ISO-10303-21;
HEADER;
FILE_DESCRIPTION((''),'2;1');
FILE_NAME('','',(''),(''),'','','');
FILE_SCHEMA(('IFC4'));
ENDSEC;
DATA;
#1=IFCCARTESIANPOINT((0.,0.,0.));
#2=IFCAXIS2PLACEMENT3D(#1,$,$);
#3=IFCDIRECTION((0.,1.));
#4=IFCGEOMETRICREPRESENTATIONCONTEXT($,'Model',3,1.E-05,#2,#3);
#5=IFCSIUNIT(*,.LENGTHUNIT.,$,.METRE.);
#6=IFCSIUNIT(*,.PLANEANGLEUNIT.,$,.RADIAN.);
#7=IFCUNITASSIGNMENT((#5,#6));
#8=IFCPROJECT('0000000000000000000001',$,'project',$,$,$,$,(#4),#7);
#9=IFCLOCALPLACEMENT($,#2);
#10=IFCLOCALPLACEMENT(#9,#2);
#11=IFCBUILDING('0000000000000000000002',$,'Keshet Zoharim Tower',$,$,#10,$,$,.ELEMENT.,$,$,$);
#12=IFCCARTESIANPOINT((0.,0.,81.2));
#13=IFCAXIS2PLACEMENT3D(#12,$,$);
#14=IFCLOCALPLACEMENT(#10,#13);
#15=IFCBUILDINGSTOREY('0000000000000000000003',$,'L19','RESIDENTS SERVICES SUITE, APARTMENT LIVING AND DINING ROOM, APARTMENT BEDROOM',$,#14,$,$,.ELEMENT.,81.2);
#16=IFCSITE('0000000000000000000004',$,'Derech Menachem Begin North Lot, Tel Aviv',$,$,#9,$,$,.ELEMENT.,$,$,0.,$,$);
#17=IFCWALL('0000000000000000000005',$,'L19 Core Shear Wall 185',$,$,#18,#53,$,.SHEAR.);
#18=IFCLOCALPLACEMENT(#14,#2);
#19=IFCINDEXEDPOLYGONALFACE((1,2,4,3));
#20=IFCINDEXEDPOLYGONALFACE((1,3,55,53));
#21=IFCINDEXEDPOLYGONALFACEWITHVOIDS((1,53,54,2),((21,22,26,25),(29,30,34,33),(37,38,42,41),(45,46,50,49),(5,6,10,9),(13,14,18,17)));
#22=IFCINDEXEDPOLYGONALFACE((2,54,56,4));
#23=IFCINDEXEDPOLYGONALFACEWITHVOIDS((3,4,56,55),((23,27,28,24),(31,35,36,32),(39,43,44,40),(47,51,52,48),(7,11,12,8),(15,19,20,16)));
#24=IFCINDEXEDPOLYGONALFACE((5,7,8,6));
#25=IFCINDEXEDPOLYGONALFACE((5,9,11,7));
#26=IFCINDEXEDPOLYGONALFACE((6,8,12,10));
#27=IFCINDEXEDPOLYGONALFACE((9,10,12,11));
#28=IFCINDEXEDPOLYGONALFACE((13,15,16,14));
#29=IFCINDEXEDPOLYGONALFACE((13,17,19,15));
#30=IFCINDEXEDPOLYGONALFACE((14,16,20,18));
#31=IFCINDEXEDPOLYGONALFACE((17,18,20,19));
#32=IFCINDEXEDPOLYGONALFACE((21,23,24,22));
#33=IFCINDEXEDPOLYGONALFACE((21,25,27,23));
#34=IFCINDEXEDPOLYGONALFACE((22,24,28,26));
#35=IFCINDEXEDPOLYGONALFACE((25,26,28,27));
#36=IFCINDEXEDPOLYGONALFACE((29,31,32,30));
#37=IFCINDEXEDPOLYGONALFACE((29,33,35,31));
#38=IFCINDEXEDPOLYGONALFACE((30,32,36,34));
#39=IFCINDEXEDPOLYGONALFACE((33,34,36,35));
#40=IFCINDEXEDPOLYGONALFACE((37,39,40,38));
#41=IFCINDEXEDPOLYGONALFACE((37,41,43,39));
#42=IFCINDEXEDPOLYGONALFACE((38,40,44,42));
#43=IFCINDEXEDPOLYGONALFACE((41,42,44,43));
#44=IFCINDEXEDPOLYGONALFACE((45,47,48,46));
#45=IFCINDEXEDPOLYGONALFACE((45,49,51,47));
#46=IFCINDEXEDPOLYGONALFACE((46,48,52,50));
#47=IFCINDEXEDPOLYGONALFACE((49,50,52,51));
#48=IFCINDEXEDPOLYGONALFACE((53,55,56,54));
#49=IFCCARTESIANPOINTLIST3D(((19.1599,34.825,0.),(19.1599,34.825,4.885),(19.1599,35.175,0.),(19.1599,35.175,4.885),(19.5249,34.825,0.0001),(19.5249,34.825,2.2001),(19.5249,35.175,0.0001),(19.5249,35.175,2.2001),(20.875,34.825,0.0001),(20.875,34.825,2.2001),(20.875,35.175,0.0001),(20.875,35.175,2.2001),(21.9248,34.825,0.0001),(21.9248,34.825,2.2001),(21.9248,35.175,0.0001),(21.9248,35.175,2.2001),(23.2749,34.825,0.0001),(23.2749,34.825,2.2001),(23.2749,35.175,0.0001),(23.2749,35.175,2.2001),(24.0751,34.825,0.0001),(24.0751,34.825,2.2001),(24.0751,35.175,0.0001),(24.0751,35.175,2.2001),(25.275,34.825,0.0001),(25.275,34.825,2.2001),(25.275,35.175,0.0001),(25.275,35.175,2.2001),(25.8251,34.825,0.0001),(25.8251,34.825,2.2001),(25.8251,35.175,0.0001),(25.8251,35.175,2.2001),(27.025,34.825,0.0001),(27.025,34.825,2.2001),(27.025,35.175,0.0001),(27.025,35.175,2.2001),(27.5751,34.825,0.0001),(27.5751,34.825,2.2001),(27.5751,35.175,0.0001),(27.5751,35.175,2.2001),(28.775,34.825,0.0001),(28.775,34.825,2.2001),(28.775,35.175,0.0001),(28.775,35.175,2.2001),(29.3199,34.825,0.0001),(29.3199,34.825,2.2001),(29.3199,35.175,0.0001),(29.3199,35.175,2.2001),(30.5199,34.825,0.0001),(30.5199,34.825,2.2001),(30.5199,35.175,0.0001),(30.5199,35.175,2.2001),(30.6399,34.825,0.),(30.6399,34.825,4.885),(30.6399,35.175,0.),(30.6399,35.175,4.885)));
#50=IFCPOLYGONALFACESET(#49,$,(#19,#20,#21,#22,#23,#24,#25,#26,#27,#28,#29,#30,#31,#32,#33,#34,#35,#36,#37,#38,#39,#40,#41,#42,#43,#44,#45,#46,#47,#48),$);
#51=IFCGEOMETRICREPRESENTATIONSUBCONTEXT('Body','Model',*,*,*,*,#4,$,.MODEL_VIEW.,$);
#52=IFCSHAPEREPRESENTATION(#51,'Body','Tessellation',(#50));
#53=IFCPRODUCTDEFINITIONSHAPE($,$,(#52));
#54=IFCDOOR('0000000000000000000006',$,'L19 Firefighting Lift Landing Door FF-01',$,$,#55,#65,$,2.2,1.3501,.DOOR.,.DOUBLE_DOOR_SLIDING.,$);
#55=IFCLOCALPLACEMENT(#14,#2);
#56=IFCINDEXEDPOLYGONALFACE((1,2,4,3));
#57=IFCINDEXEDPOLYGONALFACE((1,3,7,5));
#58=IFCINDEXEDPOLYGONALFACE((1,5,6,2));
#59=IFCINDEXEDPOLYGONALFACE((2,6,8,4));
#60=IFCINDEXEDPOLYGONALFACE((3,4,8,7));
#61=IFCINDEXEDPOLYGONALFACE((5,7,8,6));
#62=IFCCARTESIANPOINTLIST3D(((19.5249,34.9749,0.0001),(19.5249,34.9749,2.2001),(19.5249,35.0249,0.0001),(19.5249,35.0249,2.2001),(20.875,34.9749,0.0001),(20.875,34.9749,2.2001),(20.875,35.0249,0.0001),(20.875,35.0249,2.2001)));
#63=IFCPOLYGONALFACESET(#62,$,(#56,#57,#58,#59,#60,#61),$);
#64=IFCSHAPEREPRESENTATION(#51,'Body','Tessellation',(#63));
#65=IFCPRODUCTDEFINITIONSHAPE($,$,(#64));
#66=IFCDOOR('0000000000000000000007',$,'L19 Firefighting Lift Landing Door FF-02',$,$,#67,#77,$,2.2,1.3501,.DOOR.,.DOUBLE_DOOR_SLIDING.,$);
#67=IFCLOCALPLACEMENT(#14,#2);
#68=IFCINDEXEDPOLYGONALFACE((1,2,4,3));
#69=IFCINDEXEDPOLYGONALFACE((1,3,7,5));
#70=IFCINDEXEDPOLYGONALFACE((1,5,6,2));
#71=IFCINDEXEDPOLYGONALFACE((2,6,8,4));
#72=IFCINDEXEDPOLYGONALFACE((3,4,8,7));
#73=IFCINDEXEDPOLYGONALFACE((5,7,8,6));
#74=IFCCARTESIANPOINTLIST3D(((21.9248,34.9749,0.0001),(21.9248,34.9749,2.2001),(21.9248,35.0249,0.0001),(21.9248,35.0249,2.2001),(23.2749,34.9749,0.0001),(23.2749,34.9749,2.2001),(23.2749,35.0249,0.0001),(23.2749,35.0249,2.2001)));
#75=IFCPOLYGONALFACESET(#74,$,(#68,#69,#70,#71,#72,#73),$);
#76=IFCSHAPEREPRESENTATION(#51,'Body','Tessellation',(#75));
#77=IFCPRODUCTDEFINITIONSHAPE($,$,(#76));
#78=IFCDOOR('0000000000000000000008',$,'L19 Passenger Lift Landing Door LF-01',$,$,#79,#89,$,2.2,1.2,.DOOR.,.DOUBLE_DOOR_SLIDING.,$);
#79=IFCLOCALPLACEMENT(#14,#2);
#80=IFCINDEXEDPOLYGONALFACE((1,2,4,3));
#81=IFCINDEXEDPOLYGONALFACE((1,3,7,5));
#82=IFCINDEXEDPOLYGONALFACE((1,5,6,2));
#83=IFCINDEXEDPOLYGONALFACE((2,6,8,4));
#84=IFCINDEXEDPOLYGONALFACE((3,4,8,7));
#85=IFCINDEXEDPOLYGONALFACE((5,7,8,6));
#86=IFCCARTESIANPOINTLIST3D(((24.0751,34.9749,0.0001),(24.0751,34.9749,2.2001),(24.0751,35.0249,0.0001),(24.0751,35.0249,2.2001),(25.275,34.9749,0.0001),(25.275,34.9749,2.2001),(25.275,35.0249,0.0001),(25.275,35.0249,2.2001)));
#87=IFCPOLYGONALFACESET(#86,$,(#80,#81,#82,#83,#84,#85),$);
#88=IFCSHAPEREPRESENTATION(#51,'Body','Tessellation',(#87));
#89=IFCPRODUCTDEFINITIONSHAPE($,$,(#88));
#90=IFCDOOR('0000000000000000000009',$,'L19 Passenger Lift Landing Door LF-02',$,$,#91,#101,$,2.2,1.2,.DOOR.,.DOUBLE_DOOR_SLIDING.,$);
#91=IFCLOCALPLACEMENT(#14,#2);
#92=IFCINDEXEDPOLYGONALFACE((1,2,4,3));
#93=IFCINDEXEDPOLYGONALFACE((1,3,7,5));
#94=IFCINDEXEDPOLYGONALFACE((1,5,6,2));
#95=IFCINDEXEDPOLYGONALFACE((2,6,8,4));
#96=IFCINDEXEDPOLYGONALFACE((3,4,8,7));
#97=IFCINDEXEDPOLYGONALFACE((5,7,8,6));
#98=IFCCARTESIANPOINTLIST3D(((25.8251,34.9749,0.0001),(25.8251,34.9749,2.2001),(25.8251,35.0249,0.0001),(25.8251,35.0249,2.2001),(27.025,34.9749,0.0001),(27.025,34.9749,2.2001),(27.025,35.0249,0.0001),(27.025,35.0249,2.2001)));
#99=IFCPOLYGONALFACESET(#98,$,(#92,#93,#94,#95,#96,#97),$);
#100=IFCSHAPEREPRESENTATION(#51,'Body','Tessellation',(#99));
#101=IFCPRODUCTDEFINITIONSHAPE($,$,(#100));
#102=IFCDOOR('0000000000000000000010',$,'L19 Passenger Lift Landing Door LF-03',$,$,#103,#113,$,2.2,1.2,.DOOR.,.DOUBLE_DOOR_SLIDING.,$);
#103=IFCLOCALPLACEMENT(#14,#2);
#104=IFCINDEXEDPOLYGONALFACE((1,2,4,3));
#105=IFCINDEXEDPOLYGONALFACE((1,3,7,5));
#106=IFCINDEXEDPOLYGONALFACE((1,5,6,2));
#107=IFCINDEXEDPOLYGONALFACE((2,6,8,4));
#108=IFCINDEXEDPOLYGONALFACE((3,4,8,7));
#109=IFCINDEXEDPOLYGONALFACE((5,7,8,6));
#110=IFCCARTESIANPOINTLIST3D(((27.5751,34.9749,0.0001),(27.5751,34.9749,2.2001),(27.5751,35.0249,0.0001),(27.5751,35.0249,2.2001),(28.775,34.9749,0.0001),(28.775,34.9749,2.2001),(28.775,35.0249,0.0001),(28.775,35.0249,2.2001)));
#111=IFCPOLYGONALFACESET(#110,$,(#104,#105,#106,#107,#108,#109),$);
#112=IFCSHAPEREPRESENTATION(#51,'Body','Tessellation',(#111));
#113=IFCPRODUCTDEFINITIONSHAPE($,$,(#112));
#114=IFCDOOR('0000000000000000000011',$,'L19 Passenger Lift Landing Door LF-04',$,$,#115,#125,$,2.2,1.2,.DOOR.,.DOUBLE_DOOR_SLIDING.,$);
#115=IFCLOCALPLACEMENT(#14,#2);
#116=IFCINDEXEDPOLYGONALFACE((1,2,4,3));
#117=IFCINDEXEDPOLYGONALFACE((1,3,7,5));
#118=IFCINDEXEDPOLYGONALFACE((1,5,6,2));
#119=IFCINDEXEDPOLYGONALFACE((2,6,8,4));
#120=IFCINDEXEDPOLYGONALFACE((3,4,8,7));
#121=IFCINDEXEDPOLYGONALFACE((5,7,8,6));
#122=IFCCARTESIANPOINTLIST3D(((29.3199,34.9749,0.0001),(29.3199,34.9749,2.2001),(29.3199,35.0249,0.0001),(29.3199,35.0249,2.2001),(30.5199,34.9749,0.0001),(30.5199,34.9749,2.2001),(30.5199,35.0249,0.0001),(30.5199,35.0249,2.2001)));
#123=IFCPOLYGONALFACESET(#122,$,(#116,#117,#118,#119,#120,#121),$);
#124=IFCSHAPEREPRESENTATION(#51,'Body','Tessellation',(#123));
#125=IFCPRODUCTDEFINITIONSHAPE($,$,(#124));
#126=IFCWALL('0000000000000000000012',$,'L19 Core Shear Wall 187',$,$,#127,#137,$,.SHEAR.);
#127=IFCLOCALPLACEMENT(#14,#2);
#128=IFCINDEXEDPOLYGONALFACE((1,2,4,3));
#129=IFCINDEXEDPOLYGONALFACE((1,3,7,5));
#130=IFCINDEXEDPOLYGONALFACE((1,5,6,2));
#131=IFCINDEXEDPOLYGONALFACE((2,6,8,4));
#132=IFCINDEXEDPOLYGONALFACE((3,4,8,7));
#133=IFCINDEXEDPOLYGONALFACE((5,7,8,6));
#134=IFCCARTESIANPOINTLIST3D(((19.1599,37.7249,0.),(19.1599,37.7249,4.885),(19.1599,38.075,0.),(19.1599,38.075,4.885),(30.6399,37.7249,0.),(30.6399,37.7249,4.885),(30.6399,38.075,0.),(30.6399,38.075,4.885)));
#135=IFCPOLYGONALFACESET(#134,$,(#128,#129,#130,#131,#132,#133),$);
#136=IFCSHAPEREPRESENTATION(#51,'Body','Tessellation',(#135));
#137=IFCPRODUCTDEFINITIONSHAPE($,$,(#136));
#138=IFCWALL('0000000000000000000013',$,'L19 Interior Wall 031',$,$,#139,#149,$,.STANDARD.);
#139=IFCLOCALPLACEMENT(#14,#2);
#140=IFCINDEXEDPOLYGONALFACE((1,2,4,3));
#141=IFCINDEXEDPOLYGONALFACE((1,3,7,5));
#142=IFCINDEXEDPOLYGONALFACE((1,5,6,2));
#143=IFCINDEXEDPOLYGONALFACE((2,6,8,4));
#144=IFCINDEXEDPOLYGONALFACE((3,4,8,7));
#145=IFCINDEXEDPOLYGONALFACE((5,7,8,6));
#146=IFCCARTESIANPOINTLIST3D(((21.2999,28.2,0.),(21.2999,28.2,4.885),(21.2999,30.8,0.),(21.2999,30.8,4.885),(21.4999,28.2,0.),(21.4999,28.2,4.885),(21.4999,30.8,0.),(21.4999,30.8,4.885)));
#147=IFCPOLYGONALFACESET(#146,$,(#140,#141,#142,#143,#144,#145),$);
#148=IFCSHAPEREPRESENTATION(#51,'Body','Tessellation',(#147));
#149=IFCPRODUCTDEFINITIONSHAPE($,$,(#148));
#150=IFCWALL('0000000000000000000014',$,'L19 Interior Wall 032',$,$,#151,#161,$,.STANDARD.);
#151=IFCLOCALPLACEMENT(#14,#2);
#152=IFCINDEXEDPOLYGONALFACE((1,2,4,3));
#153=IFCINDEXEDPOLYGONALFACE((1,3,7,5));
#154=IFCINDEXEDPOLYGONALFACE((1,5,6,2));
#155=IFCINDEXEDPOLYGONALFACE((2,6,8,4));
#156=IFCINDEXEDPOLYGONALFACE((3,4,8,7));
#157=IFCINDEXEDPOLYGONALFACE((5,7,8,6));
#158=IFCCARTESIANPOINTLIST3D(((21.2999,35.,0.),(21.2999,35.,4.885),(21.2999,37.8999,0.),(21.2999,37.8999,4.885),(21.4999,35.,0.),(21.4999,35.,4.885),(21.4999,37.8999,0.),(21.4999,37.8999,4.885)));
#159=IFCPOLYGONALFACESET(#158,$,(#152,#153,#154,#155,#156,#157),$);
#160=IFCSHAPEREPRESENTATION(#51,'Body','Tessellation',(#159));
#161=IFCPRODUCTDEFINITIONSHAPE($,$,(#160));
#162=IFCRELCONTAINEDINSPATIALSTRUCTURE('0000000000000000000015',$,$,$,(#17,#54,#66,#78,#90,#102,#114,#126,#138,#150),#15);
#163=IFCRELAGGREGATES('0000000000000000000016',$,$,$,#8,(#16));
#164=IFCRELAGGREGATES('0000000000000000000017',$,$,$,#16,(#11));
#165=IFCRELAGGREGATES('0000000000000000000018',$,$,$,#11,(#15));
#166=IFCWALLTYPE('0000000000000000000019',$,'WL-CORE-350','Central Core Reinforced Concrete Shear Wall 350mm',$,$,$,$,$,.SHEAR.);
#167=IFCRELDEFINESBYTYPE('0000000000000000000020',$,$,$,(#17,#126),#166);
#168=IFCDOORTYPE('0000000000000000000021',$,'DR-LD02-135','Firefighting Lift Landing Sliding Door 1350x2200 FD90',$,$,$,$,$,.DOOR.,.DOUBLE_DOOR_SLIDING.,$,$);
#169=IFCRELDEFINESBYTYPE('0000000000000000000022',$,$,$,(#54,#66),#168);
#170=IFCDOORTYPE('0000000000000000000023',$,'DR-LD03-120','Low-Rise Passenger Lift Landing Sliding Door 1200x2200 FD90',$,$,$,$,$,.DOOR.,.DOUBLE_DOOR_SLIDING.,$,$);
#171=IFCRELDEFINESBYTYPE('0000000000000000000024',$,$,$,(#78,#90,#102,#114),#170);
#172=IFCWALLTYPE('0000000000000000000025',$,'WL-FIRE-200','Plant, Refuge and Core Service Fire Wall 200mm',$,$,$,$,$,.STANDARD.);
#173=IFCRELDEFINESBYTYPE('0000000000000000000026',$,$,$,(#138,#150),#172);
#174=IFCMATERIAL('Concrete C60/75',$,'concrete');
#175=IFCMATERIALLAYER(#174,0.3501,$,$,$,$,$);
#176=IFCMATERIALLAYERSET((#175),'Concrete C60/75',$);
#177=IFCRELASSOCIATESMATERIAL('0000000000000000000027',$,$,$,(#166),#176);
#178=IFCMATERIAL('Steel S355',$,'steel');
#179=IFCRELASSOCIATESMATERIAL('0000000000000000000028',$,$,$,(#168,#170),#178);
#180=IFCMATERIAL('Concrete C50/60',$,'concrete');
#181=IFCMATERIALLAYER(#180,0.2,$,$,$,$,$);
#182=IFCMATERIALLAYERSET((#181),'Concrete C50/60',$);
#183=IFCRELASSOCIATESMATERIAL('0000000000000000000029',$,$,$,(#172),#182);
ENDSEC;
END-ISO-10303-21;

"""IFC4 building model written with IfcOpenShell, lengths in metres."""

from ifc_helpers import new_model, si_unit, direction, frame, frame_2d, origin, place, context, subcontext, project, spatial, rectangle, extrude, material, layer, layer_set, type_object, element, fill, save


model = new_model("IFC4")

# Units and contexts
model_context = context("Model", 3, precision=1e-05, world=origin(), true_north=direction((0.0, 1.0)))
body_context = subcontext(model_context, "Body", "Model", "MODEL_VIEW")
ifc_project = project(units=[si_unit("LENGTHUNIT", "METRE"), si_unit("PLANEANGLEUNIT", "RADIAN")], contexts=[model_context])

# Site, building, storey
site_placement = place(None, origin())
site = spatial("IfcSite", under=ifc_project, at=site_placement, Name="Derech Menachem Begin North Lot, Tel Aviv", CompositionType="ELEMENT", RefElevation=0.0)
building_placement = place(site_placement, origin())
building = spatial("IfcBuilding", under=site, at=building_placement, Name="Keshet Zoharim Tower", CompositionType="ELEMENT")
storey_placement = place(building_placement, frame((0.0, 0.0, 81.2)))
storey = spatial("IfcBuildingStorey", under=building, at=storey_placement, Name="L19", Description="RESIDENTS SERVICES SUITE, APARTMENT LIVING AND DINING ROOM, APARTMENT BEDROOM", CompositionType="ELEMENT", Elevation=81.2)

# Shared definitions
ifc_material_1 = material(Name="Steel S355", Category="steel")

# Shared definitions
ifc_material_2 = material(Name="Concrete C60/75", Category="concrete")
ifc_layer_1 = layer(ifc_material_2, 0.3501)
ifc_layer_set_1 = layer_set([ifc_layer_1], Name="Concrete C60/75")
wall_type_1 = type_object("IfcWallType", Name="WL-CORE-350", Description="Central Core Reinforced Concrete Shear Wall 350mm", PredefinedType="SHEAR", material=ifc_layer_set_1)

# Wall, openings, doors
wall_1_placement = place(storey_placement, frame((19.1599, 35.0, 0.0), z_axis=(0.0, 0.0, 1.0), x_axis=(1.0, 0.0, 0.0)))
wall_1 = element("IfcWall", 1, at=wall_1_placement, inside=storey, type_object=wall_type_1, Name="L19 Core Shear Wall 185", PredefinedType="SHEAR", context=body_context, shape_type="SweptSolid", body=[
    extrude(rectangle(XDim=11.48, YDim=0.3501, at=frame_2d((5.74, 0.0))), origin(), (0.0, 0.0, 1.0), 4.885),
])
opening_1_placement = place(wall_1_placement, frame((0.365, 0.0, 0.0)))
opening_1 = element("IfcOpeningElement", 2, at=opening_1_placement, cuts=wall_1, PredefinedType="OPENING", context=body_context, shape_type="SweptSolid", body=[
    extrude(rectangle(XDim=1.3501, YDim=2.2, at=frame_2d((0.675, 1.1001))), frame((0.0, 0.1851, 0.0), z_axis=(0.0, -1.0, 0.0), x_axis=(1.0, 0.0, 0.0)), (0.0, 0.0, 1.0), 0.3701),
])
opening_2_placement = place(wall_1_placement, frame((2.7649, 0.0, 0.0)))
opening_2 = element("IfcOpeningElement", 3, at=opening_2_placement, cuts=wall_1, PredefinedType="OPENING", context=body_context, shape_type="SweptSolid", body=[
    extrude(rectangle(XDim=1.3501, YDim=2.2, at=frame_2d((0.675, 1.1001))), frame((0.0, 0.1851, 0.0), z_axis=(0.0, -1.0, 0.0), x_axis=(1.0, 0.0, 0.0)), (0.0, 0.0, 1.0), 0.3701),
])
opening_3_placement = place(wall_1_placement, frame((4.915, 0.0, 0.0)))
opening_3 = element("IfcOpeningElement", 4, at=opening_3_placement, cuts=wall_1, PredefinedType="OPENING", context=body_context, shape_type="SweptSolid", body=[
    extrude(rectangle(XDim=1.2, YDim=2.2, at=frame_2d((0.6001, 1.1001))), frame((0.0, 0.1851, 0.0), z_axis=(0.0, -1.0, 0.0), x_axis=(1.0, 0.0, 0.0)), (0.0, 0.0, 1.0), 0.3701),
])
opening_4_placement = place(wall_1_placement, frame((6.665, 0.0, 0.0)))
opening_4 = element("IfcOpeningElement", 5, at=opening_4_placement, cuts=wall_1, PredefinedType="OPENING", context=body_context, shape_type="SweptSolid", body=[
    extrude(rectangle(XDim=1.2, YDim=2.2, at=frame_2d((0.6001, 1.1001))), frame((0.0, 0.1851, 0.0), z_axis=(0.0, -1.0, 0.0), x_axis=(1.0, 0.0, 0.0)), (0.0, 0.0, 1.0), 0.3701),
])
opening_5_placement = place(wall_1_placement, frame((8.415, 0.0, 0.0)))
opening_5 = element("IfcOpeningElement", 6, at=opening_5_placement, cuts=wall_1, PredefinedType="OPENING", context=body_context, shape_type="SweptSolid", body=[
    extrude(rectangle(XDim=1.2, YDim=2.2, at=frame_2d((0.6001, 1.1001))), frame((0.0, 0.1851, 0.0), z_axis=(0.0, -1.0, 0.0), x_axis=(1.0, 0.0, 0.0)), (0.0, 0.0, 1.0), 0.3701),
])
opening_6_placement = place(wall_1_placement, frame((10.1599, 0.0, 0.0)))
opening_6 = element("IfcOpeningElement", 7, at=opening_6_placement, cuts=wall_1, PredefinedType="OPENING", context=body_context, shape_type="SweptSolid", body=[
    extrude(rectangle(XDim=1.2, YDim=2.2, at=frame_2d((0.6001, 1.1001))), frame((0.0, 0.1851, 0.0), z_axis=(0.0, -1.0, 0.0), x_axis=(1.0, 0.0, 0.0)), (0.0, 0.0, 1.0), 0.3701),
])
door_type_1 = type_object("IfcDoorType", Name="DR-LD02-135", Description="Firefighting Lift Landing Sliding Door 1350x2200 FD90", OperationType="DOUBLE_DOOR_SLIDING", PredefinedType="DOOR", material=ifc_material_1)
door_1_placement = place(opening_1_placement, origin())
door_1 = element("IfcDoor", 8, at=door_1_placement, inside=storey, type_object=door_type_1, Name="L19 Firefighting Lift Landing Door FF-01", OperationType="DOUBLE_DOOR_SLIDING", OverallHeight=2.2, OverallWidth=1.3501, PredefinedType="DOOR", context=body_context, shape_type="SweptSolid", body=[
    extrude(rectangle(XDim=1.3501, YDim=2.2, at=frame_2d((0.675, 1.1001))), frame((0.0, 0.0249, 0.0), z_axis=(0.0, -1.0, 0.0), x_axis=(1.0, 0.0, 0.0)), (0.0, 0.0, 1.0), 0.05),
])
fill(opening_1, door_1)
door_2_placement = place(opening_2_placement, origin())
door_2 = element("IfcDoor", 9, at=door_2_placement, inside=storey, type_object=door_type_1, Name="L19 Firefighting Lift Landing Door FF-02", OperationType="DOUBLE_DOOR_SLIDING", OverallHeight=2.2, OverallWidth=1.3501, PredefinedType="DOOR", context=body_context, shape_type="SweptSolid", body=[
    extrude(rectangle(XDim=1.3501, YDim=2.2, at=frame_2d((0.675, 1.1001))), frame((0.0, 0.0249, 0.0), z_axis=(0.0, -1.0, 0.0), x_axis=(1.0, 0.0, 0.0)), (0.0, 0.0, 1.0), 0.05),
])
fill(opening_2, door_2)
door_type_2 = type_object("IfcDoorType", Name="DR-LD03-120", Description="Low-Rise Passenger Lift Landing Sliding Door 1200x2200 FD90", OperationType="DOUBLE_DOOR_SLIDING", PredefinedType="DOOR", material=ifc_material_1)
door_3_placement = place(opening_3_placement, origin())
door_3 = element("IfcDoor", 10, at=door_3_placement, inside=storey, type_object=door_type_2, Name="L19 Passenger Lift Landing Door LF-01", OperationType="DOUBLE_DOOR_SLIDING", OverallHeight=2.2, OverallWidth=1.2, PredefinedType="DOOR", context=body_context, shape_type="SweptSolid", body=[
    extrude(rectangle(XDim=1.2, YDim=2.2, at=frame_2d((0.6001, 1.1001))), frame((0.0, 0.0249, 0.0), z_axis=(0.0, -1.0, 0.0), x_axis=(1.0, 0.0, 0.0)), (0.0, 0.0, 1.0), 0.05),
])
fill(opening_3, door_3)
door_4_placement = place(opening_4_placement, origin())
door_4 = element("IfcDoor", 11, at=door_4_placement, inside=storey, type_object=door_type_2, Name="L19 Passenger Lift Landing Door LF-02", OperationType="DOUBLE_DOOR_SLIDING", OverallHeight=2.2, OverallWidth=1.2, PredefinedType="DOOR", context=body_context, shape_type="SweptSolid", body=[
    extrude(rectangle(XDim=1.2, YDim=2.2, at=frame_2d((0.6001, 1.1001))), frame((0.0, 0.0249, 0.0), z_axis=(0.0, -1.0, 0.0), x_axis=(1.0, 0.0, 0.0)), (0.0, 0.0, 1.0), 0.05),
])
fill(opening_4, door_4)
door_5_placement = place(opening_5_placement, origin())
door_5 = element("IfcDoor", 12, at=door_5_placement, inside=storey, type_object=door_type_2, Name="L19 Passenger Lift Landing Door LF-03", OperationType="DOUBLE_DOOR_SLIDING", OverallHeight=2.2, OverallWidth=1.2, PredefinedType="DOOR", context=body_context, shape_type="SweptSolid", body=[
    extrude(rectangle(XDim=1.2, YDim=2.2, at=frame_2d((0.6001, 1.1001))), frame((0.0, 0.0249, 0.0), z_axis=(0.0, -1.0, 0.0), x_axis=(1.0, 0.0, 0.0)), (0.0, 0.0, 1.0), 0.05),
])
fill(opening_5, door_5)
door_6_placement = place(opening_6_placement, origin())
door_6 = element("IfcDoor", 13, at=door_6_placement, inside=storey, type_object=door_type_2, Name="L19 Passenger Lift Landing Door LF-04", OperationType="DOUBLE_DOOR_SLIDING", OverallHeight=2.2, OverallWidth=1.2, PredefinedType="DOOR", context=body_context, shape_type="SweptSolid", body=[
    extrude(rectangle(XDim=1.2, YDim=2.2, at=frame_2d((0.6001, 1.1001))), frame((0.0, 0.0249, 0.0), z_axis=(0.0, -1.0, 0.0), x_axis=(1.0, 0.0, 0.0)), (0.0, 0.0, 1.0), 0.05),
])
fill(opening_6, door_6)

# Walls
wall_2_placement = place(storey_placement, frame((19.1599, 37.8999, 0.0), z_axis=(0.0, 0.0, 1.0), x_axis=(1.0, 0.0, 0.0)))
element("IfcWall", 14, at=wall_2_placement, inside=storey, type_object=wall_type_1, Name="L19 Core Shear Wall 187", PredefinedType="SHEAR", context=body_context, shape_type="SweptSolid", body=[
    extrude(rectangle(XDim=11.48, YDim=0.3501, at=frame_2d((5.74, 0.0))), origin(), (0.0, 0.0, 1.0), 4.885),
])
ifc_material_3 = material(Name="Concrete C50/60", Category="concrete")
ifc_layer_2 = layer(ifc_material_3, 0.2)
ifc_layer_set_2 = layer_set([ifc_layer_2], Name="Concrete C50/60")
wall_type_2 = type_object("IfcWallType", Name="WL-FIRE-200", Description="Plant, Refuge and Core Service Fire Wall 200mm", PredefinedType="STANDARD", material=ifc_layer_set_2)
wall_3_placement = place(storey_placement, frame((21.3999, 28.2, 0.0), z_axis=(0.0, 0.0, 1.0), x_axis=(0.0, 1.0, 0.0)))
element("IfcWall", 15, at=wall_3_placement, inside=storey, type_object=wall_type_2, Name="L19 Interior Wall 031", PredefinedType="STANDARD", context=body_context, shape_type="SweptSolid", body=[
    extrude(rectangle(XDim=2.6001, YDim=0.2, at=frame_2d((1.3, 0.0))), origin(), (0.0, 0.0, 1.0), 4.885),
])
for number, where, z_axis, x_axis, name in (
    (16, (21.3999, 35.0, 0.0), (0.0, 0.0, 1.0), (0.0, 1.0, 0.0), "L19 Interior Wall 032"),
):
    element("IfcWall", number, at=place(storey_placement, frame(where, z_axis=z_axis, x_axis=x_axis)), inside=storey, type_object=wall_type_2, Name=name, PredefinedType="STANDARD", context=body_context, shape_type="SweptSolid", body=[
        extrude(rectangle(XDim=2.8999, YDim=0.2, at=frame_2d((1.45, 0.0))), origin(), (0.0, 0.0, 1.0), 4.885),
    ])

save(model, "model.ifc")
